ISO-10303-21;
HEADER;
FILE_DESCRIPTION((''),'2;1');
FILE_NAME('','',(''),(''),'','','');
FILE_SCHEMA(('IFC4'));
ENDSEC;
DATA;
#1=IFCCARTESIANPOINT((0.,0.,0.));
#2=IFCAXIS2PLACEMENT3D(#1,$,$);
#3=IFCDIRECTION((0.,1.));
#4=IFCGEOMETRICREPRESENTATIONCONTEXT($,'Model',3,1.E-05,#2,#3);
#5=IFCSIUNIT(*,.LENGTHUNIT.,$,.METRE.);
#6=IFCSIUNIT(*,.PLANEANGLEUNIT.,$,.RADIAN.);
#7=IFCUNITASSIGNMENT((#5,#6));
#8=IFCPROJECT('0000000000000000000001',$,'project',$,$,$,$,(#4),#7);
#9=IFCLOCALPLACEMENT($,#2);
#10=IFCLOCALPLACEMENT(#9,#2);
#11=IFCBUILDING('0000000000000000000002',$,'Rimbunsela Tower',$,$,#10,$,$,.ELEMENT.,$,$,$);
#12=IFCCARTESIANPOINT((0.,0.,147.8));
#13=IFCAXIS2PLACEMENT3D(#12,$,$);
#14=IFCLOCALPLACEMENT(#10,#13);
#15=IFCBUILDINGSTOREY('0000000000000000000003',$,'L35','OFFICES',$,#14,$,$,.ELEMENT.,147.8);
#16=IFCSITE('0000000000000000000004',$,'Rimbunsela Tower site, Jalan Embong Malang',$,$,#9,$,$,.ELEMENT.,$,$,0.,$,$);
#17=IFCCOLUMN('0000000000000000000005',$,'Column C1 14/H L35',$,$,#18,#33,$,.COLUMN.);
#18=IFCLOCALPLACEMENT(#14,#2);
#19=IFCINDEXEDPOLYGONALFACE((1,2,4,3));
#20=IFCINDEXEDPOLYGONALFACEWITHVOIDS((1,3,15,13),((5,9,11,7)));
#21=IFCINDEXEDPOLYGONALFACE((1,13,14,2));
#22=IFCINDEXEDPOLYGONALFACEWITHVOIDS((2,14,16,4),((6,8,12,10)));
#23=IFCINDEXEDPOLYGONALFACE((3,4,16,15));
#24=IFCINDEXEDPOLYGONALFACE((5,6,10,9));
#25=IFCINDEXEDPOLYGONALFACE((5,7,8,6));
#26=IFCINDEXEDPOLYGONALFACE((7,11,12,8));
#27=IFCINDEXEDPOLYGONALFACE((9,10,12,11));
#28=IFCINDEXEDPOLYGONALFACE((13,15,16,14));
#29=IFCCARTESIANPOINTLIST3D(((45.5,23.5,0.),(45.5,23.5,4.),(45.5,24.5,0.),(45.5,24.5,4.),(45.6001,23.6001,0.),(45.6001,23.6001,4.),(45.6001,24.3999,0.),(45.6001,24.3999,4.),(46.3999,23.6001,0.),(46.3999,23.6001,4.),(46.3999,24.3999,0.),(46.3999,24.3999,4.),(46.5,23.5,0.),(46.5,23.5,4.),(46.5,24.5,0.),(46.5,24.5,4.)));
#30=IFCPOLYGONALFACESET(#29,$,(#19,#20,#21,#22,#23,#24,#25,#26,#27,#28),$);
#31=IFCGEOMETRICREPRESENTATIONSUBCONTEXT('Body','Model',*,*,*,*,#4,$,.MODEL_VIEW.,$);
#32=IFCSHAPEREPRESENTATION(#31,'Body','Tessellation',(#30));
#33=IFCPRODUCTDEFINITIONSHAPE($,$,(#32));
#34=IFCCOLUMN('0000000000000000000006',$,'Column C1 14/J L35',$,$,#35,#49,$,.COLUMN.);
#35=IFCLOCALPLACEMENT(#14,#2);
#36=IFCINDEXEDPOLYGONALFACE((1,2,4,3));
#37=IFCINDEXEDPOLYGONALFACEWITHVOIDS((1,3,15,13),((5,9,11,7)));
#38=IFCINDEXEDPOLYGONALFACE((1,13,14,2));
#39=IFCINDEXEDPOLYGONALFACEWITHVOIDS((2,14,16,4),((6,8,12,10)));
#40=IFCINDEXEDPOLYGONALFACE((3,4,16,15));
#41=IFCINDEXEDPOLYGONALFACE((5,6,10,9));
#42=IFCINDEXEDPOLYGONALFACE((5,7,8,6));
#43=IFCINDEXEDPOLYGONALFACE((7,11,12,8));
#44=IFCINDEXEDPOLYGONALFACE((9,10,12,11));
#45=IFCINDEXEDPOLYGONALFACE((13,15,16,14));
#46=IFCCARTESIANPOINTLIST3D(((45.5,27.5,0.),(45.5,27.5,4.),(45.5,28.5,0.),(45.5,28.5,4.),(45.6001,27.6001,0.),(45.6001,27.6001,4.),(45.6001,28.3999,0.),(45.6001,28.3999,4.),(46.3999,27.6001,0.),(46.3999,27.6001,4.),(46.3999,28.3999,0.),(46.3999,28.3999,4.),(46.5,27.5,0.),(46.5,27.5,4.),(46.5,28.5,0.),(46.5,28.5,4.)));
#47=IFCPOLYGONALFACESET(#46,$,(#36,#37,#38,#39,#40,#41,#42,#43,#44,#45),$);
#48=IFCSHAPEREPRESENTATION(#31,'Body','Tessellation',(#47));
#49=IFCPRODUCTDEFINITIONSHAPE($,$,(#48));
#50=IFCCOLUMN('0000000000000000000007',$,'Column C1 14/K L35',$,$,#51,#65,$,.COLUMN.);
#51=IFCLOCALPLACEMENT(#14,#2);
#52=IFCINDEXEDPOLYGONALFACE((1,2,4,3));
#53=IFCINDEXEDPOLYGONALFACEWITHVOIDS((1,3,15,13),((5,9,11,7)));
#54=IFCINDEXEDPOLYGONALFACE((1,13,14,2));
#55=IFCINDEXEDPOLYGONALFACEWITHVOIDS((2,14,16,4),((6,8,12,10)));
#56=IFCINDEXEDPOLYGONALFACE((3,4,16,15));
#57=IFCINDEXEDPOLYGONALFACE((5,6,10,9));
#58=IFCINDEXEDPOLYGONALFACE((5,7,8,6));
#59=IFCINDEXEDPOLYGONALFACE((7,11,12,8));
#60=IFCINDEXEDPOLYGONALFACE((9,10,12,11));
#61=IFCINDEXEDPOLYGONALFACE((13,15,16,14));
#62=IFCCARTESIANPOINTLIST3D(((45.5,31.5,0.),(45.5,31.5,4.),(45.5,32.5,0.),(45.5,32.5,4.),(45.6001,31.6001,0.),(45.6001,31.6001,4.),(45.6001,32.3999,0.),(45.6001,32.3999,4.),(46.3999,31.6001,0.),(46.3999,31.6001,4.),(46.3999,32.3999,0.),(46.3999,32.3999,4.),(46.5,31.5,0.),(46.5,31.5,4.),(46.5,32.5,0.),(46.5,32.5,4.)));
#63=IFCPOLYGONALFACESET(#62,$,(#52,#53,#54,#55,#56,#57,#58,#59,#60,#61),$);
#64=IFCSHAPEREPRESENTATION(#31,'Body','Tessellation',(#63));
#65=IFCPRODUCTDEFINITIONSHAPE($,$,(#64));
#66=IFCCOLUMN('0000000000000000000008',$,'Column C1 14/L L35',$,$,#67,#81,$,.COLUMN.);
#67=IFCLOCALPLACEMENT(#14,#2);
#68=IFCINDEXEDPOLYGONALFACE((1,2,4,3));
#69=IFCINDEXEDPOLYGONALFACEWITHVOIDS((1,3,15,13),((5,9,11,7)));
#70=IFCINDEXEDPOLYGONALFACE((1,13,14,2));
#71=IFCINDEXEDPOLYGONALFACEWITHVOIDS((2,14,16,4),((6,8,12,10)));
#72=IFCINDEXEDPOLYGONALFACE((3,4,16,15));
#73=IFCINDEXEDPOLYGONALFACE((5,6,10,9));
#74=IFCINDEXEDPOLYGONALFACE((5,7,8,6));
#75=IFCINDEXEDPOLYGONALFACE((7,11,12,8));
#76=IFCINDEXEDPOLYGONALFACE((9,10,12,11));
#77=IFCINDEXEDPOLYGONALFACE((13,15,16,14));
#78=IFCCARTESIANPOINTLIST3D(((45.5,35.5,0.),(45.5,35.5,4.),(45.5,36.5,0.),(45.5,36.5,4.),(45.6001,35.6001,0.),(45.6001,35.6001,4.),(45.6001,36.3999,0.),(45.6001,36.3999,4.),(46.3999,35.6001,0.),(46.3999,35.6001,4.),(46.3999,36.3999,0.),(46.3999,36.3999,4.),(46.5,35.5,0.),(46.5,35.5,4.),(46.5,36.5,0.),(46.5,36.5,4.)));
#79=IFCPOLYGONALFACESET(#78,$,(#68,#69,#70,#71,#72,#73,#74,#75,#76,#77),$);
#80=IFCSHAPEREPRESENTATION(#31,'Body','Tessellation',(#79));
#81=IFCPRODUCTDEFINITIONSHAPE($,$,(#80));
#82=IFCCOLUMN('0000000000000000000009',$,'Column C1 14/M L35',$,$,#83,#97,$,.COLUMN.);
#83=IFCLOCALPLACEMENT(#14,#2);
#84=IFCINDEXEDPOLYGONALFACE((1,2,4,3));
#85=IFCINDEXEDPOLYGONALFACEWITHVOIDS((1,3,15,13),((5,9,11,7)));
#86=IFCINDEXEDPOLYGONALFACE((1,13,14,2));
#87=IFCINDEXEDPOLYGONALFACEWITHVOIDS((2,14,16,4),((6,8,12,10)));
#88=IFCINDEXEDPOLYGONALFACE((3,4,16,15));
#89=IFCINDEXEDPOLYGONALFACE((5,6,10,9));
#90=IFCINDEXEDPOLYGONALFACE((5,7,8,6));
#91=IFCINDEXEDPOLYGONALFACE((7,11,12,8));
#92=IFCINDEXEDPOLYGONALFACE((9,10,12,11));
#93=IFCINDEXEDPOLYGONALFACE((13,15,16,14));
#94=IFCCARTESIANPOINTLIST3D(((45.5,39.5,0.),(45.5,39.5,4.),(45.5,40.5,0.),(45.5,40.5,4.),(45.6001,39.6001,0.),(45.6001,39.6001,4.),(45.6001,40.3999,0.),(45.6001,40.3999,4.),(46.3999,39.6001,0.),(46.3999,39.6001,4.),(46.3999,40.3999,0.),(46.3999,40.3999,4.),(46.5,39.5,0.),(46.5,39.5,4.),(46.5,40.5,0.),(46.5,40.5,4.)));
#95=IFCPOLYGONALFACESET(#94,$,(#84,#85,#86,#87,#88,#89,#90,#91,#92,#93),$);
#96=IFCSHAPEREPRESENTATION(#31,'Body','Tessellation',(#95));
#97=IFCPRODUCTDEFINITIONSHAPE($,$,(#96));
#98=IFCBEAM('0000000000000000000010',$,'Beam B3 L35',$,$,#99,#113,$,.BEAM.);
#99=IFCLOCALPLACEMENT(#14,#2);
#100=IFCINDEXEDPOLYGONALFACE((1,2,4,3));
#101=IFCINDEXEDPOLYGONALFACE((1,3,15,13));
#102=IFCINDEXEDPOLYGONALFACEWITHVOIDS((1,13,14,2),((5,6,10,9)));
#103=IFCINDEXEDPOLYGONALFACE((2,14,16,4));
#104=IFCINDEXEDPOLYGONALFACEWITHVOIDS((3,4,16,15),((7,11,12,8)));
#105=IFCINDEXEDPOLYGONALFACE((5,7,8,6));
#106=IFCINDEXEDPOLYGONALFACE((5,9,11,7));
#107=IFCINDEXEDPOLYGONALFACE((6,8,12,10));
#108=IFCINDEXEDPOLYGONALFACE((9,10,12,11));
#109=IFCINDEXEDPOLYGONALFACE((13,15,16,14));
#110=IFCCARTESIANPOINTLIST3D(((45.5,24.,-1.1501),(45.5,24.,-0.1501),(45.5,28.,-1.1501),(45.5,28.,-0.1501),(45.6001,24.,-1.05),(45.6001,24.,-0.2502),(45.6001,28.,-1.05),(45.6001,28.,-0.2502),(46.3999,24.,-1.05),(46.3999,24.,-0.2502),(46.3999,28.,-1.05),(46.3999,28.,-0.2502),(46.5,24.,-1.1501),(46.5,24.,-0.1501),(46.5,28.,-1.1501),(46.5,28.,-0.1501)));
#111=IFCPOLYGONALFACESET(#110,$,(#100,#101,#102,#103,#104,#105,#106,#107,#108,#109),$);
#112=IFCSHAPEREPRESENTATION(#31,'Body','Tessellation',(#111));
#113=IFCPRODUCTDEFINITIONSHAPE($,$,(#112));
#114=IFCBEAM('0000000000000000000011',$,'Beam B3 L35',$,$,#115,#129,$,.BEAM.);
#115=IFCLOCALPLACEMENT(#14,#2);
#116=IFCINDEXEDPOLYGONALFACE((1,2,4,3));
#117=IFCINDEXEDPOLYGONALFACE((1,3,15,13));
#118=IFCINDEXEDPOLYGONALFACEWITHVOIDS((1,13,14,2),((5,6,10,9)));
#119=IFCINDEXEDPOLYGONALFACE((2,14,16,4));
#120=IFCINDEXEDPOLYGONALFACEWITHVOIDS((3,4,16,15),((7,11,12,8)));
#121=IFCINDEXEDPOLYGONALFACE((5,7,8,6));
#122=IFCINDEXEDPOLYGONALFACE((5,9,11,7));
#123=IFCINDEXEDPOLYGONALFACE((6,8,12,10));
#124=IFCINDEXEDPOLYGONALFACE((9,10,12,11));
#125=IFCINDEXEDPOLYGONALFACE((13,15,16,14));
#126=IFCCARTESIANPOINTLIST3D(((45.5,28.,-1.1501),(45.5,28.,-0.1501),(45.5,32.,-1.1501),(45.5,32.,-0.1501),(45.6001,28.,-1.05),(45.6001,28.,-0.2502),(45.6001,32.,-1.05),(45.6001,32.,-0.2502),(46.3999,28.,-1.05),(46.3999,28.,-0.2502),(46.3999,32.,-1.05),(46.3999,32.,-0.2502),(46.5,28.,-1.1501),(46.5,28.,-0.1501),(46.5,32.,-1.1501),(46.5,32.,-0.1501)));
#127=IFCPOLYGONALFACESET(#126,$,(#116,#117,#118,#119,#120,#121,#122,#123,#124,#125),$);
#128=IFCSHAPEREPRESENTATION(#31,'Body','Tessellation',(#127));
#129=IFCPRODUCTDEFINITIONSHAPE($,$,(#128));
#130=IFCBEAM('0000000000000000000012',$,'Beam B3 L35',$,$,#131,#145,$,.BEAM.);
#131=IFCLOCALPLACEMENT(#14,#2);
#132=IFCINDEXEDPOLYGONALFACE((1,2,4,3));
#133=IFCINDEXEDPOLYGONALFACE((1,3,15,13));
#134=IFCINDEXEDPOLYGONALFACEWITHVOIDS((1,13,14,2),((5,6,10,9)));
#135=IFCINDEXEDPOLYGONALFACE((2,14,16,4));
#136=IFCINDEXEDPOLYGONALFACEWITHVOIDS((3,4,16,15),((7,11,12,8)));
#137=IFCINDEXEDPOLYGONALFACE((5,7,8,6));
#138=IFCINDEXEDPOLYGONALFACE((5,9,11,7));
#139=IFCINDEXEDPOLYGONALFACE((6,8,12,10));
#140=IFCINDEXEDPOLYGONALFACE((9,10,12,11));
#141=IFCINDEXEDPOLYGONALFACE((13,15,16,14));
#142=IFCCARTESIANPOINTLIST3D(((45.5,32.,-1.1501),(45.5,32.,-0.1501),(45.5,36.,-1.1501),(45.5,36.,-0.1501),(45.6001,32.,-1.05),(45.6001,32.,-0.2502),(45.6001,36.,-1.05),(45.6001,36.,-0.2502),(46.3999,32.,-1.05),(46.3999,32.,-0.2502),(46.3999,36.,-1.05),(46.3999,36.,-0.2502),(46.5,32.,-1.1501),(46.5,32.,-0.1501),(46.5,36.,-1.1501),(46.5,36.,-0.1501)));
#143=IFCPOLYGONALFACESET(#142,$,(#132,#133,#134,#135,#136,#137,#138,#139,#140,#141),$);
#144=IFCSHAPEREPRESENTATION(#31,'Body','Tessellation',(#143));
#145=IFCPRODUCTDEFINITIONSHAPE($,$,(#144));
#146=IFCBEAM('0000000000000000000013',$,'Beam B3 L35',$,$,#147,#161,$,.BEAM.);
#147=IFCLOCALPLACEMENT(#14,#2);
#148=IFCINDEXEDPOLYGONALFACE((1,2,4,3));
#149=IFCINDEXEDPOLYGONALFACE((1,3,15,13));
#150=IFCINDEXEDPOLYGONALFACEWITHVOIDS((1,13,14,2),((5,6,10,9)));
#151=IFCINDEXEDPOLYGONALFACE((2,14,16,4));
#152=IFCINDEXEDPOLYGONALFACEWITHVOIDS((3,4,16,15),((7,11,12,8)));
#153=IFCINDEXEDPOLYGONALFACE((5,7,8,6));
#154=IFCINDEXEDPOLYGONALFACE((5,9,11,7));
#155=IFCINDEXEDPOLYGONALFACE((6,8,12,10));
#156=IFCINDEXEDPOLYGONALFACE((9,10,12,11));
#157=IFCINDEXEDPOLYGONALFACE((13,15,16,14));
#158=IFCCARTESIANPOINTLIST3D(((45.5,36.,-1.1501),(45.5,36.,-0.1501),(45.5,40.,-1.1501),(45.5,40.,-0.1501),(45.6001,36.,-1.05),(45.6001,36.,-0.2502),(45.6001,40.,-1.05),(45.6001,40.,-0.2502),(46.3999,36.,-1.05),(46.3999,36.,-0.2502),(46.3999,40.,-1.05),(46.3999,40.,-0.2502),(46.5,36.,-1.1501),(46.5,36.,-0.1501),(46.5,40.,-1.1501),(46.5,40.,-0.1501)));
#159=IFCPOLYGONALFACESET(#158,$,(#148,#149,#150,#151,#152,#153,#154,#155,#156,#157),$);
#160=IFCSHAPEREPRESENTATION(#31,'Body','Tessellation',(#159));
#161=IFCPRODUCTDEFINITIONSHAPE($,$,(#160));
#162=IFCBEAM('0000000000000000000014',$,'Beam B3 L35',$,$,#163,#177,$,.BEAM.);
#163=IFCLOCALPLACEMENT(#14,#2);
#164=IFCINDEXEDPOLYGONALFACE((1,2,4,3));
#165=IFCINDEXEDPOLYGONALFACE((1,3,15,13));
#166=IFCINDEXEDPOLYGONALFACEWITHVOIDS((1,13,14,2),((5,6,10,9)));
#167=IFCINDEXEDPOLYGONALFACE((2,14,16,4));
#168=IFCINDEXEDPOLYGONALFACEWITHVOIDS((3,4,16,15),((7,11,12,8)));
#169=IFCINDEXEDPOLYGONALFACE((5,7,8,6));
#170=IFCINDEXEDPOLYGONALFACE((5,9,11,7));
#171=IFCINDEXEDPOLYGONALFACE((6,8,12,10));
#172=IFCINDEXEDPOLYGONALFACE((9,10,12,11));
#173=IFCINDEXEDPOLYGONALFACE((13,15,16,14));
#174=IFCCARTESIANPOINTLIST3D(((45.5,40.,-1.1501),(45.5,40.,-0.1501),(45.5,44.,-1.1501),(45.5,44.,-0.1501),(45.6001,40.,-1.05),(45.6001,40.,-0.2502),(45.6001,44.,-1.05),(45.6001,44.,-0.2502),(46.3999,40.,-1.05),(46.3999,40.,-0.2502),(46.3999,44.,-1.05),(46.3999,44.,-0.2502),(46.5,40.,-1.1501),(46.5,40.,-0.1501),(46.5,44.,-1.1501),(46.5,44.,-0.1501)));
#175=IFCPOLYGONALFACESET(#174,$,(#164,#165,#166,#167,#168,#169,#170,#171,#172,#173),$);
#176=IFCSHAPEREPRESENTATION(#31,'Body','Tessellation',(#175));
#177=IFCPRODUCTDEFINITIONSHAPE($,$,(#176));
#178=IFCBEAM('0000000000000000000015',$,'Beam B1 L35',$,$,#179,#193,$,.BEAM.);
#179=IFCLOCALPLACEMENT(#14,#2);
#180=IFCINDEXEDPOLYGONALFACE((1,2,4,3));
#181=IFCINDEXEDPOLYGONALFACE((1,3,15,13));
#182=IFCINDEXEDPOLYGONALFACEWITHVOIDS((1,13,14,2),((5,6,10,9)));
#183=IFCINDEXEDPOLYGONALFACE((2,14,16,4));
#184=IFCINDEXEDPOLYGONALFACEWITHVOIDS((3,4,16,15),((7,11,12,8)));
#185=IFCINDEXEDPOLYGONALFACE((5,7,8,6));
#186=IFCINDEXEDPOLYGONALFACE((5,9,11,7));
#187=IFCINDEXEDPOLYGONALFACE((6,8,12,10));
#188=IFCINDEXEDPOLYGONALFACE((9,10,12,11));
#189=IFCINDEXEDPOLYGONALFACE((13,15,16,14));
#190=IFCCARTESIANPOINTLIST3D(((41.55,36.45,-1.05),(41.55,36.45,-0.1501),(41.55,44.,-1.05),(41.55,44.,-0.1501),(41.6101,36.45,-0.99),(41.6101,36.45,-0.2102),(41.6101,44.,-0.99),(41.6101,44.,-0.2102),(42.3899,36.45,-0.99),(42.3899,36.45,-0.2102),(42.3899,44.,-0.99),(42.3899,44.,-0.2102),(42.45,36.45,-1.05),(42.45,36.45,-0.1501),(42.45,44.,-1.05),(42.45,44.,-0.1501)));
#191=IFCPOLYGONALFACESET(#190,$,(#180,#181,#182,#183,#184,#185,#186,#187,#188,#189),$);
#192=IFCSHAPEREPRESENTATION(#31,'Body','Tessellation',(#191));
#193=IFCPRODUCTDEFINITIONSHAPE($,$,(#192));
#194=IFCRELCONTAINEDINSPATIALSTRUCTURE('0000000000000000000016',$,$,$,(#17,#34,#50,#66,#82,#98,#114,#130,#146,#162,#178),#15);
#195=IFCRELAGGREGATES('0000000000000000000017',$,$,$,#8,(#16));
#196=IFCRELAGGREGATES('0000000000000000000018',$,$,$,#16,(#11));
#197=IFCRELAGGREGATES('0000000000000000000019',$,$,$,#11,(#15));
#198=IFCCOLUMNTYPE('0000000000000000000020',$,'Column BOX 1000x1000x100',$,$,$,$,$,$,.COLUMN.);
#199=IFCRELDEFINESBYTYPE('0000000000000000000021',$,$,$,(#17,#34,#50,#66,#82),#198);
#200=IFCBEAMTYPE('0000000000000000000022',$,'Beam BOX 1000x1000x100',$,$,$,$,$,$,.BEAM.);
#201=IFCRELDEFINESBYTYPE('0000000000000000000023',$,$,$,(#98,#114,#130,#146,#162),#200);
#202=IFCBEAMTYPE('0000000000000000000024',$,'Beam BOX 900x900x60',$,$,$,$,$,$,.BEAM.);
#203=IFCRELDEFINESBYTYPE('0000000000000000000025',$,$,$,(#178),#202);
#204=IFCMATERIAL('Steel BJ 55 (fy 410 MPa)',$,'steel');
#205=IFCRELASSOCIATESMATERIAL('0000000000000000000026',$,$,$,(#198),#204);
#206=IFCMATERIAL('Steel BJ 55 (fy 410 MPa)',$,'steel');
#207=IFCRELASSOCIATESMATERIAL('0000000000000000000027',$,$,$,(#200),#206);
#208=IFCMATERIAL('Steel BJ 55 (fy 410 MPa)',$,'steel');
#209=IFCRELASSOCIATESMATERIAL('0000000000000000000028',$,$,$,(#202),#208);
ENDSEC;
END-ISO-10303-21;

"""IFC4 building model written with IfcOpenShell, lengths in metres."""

from ifc_helpers import new_model, si_unit, direction, frame, origin, origin_2d, place, context, subcontext, project, spatial, hollow_rectangle, extrude, material, material_profile, profile_set, type_object, element, save


model = new_model("IFC4")

# Units and contexts
model_context = context("Model", 3, precision=1e-05, world=origin(), true_north=direction((0.0, 1.0)))
body_context = subcontext(model_context, "Body", "Model", "MODEL_VIEW")
ifc_project = project(units=[si_unit("LENGTHUNIT", "METRE"), si_unit("PLANEANGLEUNIT", "RADIAN")], contexts=[model_context])

# Site, building, storey
site_placement = place(None, origin())
site = spatial("IfcSite", under=ifc_project, at=site_placement, Name="Rimbunsela Tower site, Jalan Embong Malang", CompositionType="ELEMENT", RefElevation=0.0)
building_placement = place(site_placement, origin())
building = spatial("IfcBuilding", under=site, at=building_placement, Name="Rimbunsela Tower", CompositionType="ELEMENT")
storey_placement = place(building_placement, frame((0.0, 0.0, 147.8)))
storey = spatial("IfcBuildingStorey", under=building, at=storey_placement, Name="L35", Description="OFFICES", CompositionType="ELEMENT", Elevation=147.8)

# Columns
ifc_material_1 = material(Name="Steel BJ 55 (fy 410 MPa)", Category="steel")
ifc_material_profile_1 = material_profile(ifc_material_1, hollow_rectangle(XDim=1.0, YDim=1.0, WallThickness=0.1001, at=origin_2d()), Name="BOX 1000x1000x100")
ifc_profile_set_1 = profile_set([ifc_material_profile_1], Name="Steel BJ 55 (fy 410 MPa)")
column_type = type_object("IfcColumnType", Name="Column BOX 1000x1000x100", PredefinedType="COLUMN", material=ifc_profile_set_1)
for number, where, z_axis, x_axis, name in (
    (1, (46.0, 24.0, 0.0), (0.0, 0.0, 1.0), (1.0, 0.0, 0.0), "Column C1 14/H L35"),
    (2, (46.0, 28.0, 0.0), (0.0, 0.0, 1.0), (1.0, 0.0, 0.0), "Column C1 14/J L35"),
    (3, (46.0, 32.0, 0.0), (0.0, 0.0, 1.0), (1.0, 0.0, 0.0), "Column C1 14/K L35"),
    (4, (46.0, 36.0, 0.0), (0.0, 0.0, 1.0), (1.0, 0.0, 0.0), "Column C1 14/L L35"),
    (5, (46.0, 40.0, 0.0), (0.0, 0.0, 1.0), (1.0, 0.0, 0.0), "Column C1 14/M L35"),
):
    element("IfcColumn", number, at=place(storey_placement, frame(where, z_axis=z_axis, x_axis=x_axis)), inside=storey, type_object=column_type, Name=name, PredefinedType="COLUMN", context=body_context, shape_type="SweptSolid", body=[
        extrude(hollow_rectangle(XDim=1.0, YDim=1.0, WallThickness=0.1001, at=origin_2d()), origin(), (0.0, 0.0, 1.0), 4.0),
    ])

# Beams
ifc_material_2 = material(Name="Steel BJ 55 (fy 410 MPa)", Category="steel")
ifc_material_profile_2 = material_profile(ifc_material_2, hollow_rectangle(XDim=1.0, YDim=1.0, WallThickness=0.1001, at=origin_2d()), Name="BOX 1000x1000x100")
ifc_profile_set_2 = profile_set([ifc_material_profile_2], Name="Steel BJ 55 (fy 410 MPa)")
beam_type_1 = type_object("IfcBeamType", Name="Beam BOX 1000x1000x100", PredefinedType="BEAM", material=ifc_profile_set_2)
for number, where, z_axis, x_axis, name in (
    (6, (46.0, 24.0, -0.6501), (0.0, 1.0, 0.0), (-1.0, 0.0, 0.0), "Beam B3 L35"),
    (7, (46.0, 28.0, -0.6501), (0.0, 1.0, 0.0), (-1.0, 0.0, 0.0), "Beam B3 L35"),
    (8, (46.0, 32.0, -0.6501), (0.0, 1.0, 0.0), (-1.0, 0.0, 0.0), "Beam B3 L35"),
    (9, (46.0, 36.0, -0.6501), (0.0, 1.0, 0.0), (-1.0, 0.0, 0.0), "Beam B3 L35"),
    (10, (46.0, 40.0, -0.6501), (0.0, 1.0, 0.0), (-1.0, 0.0, 0.0), "Beam B3 L35"),
):
    element("IfcBeam", number, at=place(storey_placement, frame(where, z_axis=z_axis, x_axis=x_axis)), inside=storey, type_object=beam_type_1, Name=name, PredefinedType="BEAM", context=body_context, shape_type="SweptSolid", body=[
        extrude(hollow_rectangle(XDim=1.0, YDim=1.0, WallThickness=0.1001, at=origin_2d()), origin(), (0.0, 0.0, 1.0), 4.0),
    ])
ifc_material_3 = material(Name="Steel BJ 55 (fy 410 MPa)", Category="steel")
ifc_material_profile_3 = material_profile(ifc_material_3, hollow_rectangle(XDim=0.8999, YDim=0.8999, WallThickness=0.0601, at=origin_2d()), Name="BOX 900x900x60")
ifc_profile_set_3 = profile_set([ifc_material_profile_3], Name="Steel BJ 55 (fy 410 MPa)")
beam_type_2 = type_object("IfcBeamType", Name="Beam BOX 900x900x60", PredefinedType="BEAM", material=ifc_profile_set_3)
beam_1_placement = place(storey_placement, frame((42.0, 36.45, -0.6001), z_axis=(0.0, 1.0, 0.0), x_axis=(-1.0, 0.0, 0.0)))
element("IfcBeam", 11, at=beam_1_placement, inside=storey, type_object=beam_type_2, Name="Beam B1 L35", PredefinedType="BEAM", context=body_context, shape_type="SweptSolid", body=[
    extrude(hollow_rectangle(XDim=0.8999, YDim=0.8999, WallThickness=0.0601, at=origin_2d()), origin(), (0.0, 0.0, 1.0), 7.55),
])

save(model, "model.ifc")
